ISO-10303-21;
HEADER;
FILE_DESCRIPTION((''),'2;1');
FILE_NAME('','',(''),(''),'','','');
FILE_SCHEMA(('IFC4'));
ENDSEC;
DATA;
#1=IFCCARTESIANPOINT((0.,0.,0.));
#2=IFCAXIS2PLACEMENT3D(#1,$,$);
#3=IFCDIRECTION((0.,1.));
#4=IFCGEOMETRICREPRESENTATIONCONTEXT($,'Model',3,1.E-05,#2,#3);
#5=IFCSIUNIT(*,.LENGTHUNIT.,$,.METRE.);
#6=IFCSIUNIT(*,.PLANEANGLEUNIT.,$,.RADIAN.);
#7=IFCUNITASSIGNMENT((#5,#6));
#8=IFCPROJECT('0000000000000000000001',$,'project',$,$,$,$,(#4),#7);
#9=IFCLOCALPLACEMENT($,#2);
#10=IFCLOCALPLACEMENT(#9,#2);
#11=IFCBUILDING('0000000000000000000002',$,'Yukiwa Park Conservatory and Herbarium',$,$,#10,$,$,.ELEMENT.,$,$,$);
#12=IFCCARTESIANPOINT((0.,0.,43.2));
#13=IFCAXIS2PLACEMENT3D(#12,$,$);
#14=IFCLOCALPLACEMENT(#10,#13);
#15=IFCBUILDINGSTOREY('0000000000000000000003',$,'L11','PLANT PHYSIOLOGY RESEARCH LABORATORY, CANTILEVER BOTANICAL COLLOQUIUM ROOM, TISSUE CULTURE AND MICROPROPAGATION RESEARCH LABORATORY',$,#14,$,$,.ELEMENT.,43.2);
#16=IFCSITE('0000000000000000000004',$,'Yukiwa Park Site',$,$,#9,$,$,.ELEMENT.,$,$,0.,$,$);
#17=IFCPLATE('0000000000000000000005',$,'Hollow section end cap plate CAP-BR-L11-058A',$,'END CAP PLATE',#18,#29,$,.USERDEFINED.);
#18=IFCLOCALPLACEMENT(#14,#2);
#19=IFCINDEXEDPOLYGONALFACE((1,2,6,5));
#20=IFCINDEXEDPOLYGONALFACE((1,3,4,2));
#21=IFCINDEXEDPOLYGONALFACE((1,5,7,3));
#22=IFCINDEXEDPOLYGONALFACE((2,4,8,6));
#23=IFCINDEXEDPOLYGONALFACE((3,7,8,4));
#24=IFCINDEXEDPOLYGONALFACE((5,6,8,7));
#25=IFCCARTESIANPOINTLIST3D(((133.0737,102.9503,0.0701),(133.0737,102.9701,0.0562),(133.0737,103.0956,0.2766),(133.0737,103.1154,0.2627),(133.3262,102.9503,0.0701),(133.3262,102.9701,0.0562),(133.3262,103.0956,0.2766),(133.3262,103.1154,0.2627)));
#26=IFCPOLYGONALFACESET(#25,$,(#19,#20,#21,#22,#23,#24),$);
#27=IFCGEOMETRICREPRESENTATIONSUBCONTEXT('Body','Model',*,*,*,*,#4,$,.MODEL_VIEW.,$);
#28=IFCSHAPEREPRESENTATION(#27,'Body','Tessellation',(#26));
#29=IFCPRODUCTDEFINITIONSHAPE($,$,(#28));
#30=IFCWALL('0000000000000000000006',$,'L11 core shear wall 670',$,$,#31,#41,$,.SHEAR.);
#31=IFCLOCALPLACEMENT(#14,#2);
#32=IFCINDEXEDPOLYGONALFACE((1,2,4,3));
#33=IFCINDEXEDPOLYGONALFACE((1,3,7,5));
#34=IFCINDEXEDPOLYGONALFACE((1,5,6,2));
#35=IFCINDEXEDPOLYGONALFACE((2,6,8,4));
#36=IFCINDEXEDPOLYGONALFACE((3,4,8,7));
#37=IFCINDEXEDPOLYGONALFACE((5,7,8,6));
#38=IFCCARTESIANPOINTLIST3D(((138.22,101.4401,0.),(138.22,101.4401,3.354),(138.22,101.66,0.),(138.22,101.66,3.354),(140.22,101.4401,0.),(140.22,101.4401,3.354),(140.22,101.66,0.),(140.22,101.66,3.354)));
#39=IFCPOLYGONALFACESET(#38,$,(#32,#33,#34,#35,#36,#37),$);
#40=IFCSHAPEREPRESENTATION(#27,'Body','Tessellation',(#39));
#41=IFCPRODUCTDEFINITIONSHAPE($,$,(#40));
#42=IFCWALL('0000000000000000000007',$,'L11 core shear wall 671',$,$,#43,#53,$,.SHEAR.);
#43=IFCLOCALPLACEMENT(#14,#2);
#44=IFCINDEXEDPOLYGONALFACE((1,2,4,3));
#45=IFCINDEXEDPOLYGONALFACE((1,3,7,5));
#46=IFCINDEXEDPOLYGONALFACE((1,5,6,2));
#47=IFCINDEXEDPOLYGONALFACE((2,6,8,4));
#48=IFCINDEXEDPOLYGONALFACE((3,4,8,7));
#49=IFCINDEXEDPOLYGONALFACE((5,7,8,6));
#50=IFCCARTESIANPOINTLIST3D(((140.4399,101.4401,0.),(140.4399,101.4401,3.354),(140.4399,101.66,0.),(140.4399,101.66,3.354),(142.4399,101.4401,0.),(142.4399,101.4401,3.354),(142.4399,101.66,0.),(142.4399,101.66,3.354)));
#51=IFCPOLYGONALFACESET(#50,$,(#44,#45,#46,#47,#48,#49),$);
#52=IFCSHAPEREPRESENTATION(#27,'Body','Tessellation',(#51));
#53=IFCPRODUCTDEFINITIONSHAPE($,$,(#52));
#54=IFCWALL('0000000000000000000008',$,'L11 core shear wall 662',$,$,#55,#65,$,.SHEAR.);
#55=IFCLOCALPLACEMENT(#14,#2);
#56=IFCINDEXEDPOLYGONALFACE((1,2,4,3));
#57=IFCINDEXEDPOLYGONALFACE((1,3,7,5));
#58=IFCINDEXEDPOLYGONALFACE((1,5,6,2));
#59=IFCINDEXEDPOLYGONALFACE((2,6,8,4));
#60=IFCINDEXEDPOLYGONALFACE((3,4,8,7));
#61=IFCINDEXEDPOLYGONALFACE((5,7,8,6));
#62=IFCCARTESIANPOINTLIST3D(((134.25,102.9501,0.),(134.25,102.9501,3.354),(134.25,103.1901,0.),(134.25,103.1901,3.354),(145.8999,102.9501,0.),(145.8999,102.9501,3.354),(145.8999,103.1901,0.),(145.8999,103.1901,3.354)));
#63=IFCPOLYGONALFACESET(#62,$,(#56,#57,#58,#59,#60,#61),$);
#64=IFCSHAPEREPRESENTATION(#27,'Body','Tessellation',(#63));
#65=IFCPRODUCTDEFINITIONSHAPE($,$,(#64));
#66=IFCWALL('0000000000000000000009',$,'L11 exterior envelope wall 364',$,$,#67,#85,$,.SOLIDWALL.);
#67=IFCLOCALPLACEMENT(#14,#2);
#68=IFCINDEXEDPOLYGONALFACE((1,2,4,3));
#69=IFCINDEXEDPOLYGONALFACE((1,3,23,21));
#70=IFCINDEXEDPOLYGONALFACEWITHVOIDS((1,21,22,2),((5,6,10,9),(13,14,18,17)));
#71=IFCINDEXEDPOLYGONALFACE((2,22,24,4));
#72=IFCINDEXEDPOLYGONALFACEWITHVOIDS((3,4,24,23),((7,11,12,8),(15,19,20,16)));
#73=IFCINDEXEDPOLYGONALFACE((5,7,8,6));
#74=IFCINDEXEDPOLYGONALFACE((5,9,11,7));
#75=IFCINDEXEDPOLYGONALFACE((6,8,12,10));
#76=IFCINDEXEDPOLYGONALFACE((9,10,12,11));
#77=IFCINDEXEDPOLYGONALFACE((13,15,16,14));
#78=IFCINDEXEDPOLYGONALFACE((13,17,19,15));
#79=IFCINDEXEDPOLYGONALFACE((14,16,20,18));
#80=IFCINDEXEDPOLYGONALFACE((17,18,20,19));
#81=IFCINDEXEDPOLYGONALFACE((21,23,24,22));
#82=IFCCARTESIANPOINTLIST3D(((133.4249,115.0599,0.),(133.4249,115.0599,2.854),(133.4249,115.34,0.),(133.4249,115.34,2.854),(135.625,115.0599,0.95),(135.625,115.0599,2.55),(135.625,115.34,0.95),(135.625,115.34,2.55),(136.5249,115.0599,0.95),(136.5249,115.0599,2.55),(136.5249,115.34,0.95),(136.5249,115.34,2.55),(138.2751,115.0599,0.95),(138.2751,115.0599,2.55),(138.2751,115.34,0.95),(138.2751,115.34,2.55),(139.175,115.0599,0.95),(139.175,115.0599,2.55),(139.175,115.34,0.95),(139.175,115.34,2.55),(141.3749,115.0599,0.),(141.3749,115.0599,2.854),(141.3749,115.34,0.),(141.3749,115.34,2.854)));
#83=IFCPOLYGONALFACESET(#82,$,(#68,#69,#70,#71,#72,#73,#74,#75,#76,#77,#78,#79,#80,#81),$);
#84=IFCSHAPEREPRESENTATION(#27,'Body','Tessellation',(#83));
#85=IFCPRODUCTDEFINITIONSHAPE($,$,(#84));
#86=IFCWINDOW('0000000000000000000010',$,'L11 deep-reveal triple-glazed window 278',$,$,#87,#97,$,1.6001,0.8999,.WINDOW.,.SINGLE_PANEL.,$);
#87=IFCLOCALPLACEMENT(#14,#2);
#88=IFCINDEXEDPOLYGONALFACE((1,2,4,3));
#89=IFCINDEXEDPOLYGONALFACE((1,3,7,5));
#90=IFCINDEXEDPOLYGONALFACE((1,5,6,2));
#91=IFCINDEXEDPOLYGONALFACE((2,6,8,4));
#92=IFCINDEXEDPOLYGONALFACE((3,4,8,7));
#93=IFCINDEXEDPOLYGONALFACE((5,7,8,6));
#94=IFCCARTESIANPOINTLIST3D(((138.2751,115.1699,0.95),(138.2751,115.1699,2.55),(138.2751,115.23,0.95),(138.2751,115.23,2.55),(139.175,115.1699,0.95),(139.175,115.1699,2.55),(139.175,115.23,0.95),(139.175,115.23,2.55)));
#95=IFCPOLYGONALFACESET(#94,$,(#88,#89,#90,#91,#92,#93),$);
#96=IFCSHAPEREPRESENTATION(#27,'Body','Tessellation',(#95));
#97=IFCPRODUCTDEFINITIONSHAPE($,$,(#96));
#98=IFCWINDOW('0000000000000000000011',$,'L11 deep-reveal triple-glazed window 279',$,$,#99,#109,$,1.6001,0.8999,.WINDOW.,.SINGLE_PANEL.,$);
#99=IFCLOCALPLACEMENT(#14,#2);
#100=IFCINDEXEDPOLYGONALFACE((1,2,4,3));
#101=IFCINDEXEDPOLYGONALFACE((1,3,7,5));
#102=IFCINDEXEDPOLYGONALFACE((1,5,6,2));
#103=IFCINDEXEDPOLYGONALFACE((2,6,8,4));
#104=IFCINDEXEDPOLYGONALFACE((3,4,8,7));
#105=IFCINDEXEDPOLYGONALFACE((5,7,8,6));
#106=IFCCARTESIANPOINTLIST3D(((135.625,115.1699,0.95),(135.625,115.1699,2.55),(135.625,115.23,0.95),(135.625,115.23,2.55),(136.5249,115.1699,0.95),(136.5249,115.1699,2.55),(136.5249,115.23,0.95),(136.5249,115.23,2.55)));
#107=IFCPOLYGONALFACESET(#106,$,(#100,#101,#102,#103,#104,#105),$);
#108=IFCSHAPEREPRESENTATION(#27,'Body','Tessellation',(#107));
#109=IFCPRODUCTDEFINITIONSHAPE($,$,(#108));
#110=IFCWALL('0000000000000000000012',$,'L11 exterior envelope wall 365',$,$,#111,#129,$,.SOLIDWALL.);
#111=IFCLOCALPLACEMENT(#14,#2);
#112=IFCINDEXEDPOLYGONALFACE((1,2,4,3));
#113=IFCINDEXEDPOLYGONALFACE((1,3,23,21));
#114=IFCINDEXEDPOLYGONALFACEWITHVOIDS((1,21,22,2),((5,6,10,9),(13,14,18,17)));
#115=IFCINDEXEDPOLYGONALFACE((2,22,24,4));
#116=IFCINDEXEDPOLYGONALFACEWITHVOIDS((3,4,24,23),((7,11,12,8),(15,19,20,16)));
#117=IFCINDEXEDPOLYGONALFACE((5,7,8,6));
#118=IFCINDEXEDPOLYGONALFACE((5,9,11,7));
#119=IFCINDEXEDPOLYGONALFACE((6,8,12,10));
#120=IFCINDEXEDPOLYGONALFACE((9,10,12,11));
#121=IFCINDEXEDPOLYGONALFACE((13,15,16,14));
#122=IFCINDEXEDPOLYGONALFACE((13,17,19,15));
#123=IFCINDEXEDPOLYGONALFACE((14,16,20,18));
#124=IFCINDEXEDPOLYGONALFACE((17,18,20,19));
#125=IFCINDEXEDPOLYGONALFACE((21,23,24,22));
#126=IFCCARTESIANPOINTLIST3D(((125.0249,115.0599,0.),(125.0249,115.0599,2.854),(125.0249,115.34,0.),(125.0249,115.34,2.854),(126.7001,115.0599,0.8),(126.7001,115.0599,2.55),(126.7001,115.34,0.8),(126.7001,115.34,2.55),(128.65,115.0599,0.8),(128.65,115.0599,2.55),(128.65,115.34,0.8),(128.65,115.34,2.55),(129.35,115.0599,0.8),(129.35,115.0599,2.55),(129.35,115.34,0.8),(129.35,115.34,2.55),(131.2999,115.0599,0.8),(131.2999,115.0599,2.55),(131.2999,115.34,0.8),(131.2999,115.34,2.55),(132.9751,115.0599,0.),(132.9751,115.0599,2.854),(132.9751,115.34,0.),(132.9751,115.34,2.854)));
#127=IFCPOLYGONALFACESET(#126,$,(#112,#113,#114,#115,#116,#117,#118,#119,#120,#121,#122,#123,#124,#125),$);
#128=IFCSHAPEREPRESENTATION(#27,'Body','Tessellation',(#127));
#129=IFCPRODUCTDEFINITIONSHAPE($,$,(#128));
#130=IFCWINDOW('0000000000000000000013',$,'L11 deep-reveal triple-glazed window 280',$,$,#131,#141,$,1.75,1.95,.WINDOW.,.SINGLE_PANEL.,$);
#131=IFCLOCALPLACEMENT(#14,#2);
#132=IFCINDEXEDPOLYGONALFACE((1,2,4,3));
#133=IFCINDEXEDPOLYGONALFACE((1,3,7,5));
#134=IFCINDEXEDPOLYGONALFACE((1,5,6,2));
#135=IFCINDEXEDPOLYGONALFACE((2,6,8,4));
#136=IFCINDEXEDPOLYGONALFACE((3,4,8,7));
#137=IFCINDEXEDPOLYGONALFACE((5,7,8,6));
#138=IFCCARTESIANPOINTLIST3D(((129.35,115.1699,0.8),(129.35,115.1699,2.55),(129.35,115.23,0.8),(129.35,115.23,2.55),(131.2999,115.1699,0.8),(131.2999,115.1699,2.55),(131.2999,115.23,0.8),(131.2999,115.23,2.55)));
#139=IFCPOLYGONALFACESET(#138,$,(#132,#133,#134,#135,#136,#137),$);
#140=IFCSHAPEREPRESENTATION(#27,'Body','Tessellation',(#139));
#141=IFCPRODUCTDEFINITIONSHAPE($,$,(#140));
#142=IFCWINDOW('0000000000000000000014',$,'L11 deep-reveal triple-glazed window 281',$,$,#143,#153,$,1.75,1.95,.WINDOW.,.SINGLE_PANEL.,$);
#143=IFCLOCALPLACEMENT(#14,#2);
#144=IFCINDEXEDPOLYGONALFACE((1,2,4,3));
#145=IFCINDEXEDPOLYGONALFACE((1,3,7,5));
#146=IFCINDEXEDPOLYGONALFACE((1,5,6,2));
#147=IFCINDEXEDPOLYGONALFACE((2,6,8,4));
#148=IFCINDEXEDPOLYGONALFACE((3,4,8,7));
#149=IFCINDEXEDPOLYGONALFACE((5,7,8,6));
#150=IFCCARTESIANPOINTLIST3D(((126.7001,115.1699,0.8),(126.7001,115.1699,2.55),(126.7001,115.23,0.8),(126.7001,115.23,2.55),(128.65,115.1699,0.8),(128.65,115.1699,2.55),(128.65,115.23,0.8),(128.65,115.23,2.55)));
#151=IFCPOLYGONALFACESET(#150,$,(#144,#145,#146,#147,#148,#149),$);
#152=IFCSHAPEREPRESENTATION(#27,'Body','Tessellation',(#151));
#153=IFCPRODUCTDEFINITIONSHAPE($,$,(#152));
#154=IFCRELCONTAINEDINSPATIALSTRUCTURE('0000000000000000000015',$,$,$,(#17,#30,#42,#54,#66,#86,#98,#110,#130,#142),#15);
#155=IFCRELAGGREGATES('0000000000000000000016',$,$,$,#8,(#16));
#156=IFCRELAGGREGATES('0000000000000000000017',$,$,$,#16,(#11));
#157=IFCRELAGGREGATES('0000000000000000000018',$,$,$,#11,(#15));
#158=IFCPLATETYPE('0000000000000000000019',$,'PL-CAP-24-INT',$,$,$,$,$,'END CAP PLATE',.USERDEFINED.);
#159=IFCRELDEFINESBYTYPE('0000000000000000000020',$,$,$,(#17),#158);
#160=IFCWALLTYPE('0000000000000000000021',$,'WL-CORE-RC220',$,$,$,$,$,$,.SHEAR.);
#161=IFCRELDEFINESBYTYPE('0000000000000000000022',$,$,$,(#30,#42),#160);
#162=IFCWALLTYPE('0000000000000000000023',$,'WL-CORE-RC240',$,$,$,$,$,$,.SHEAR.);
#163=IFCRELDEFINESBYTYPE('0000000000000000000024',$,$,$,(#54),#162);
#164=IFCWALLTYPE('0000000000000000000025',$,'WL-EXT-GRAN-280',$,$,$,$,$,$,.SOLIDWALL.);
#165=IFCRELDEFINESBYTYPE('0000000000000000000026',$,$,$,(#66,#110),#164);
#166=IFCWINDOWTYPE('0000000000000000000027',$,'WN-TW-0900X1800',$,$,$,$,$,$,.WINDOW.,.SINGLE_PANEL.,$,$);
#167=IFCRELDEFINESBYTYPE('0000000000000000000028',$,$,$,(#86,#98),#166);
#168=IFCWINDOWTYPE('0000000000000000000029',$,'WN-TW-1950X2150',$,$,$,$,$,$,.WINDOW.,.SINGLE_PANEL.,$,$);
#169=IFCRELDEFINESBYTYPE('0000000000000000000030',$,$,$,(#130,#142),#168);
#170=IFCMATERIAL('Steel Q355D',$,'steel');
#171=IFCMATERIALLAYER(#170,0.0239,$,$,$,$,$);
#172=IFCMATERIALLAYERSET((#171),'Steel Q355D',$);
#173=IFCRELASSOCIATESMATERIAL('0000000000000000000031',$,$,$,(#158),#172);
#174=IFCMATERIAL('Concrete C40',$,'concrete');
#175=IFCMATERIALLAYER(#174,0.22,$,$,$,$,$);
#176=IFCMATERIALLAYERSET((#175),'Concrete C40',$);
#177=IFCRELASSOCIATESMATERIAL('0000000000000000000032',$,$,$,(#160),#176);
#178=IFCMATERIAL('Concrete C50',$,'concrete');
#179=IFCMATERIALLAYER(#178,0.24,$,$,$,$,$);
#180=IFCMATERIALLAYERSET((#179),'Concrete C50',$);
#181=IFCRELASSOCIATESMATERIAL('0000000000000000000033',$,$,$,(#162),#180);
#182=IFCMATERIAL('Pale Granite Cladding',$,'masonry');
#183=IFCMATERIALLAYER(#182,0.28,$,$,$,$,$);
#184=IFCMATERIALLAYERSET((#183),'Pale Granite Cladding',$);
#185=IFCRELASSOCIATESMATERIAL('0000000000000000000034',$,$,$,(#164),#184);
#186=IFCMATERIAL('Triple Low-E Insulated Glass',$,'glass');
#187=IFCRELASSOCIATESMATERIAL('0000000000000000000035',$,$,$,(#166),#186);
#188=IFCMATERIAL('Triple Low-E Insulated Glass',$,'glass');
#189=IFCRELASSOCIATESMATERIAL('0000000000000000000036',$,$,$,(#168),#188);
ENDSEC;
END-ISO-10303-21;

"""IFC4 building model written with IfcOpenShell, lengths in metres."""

from ifc_helpers import new_model, si_unit, direction, frame, frame_2d, origin, origin_2d, place, context, subcontext, project, spatial, rectangle, extrude, material, layer, layer_set, type_object, element, fill, save


model = new_model("IFC4")

# Units and contexts
model_context = context("Model", 3, precision=1e-05, world=origin(), true_north=direction((0.0, 1.0)))
body_context = subcontext(model_context, "Body", "Model", "MODEL_VIEW")
ifc_project = project(units=[si_unit("LENGTHUNIT", "METRE"), si_unit("PLANEANGLEUNIT", "RADIAN")], contexts=[model_context])

# Site, building, storey
site_placement = place(None, origin())
site = spatial("IfcSite", under=ifc_project, at=site_placement, Name="Yukiwa Park Site", CompositionType="ELEMENT", RefElevation=0.0)
building_placement = place(site_placement, origin())
building = spatial("IfcBuilding", under=site, at=building_placement, Name="Yukiwa Park Conservatory and Herbarium", CompositionType="ELEMENT")
storey_placement = place(building_placement, frame((0.0, 0.0, 43.2)))
storey = spatial("IfcBuildingStorey", under=building, at=storey_placement, Name="L11", Description="PLANT PHYSIOLOGY RESEARCH LABORATORY, CANTILEVER BOTANICAL COLLOQUIUM ROOM, TISSUE CULTURE AND MICROPROPAGATION RESEARCH LABORATORY", CompositionType="ELEMENT", Elevation=43.2)

# Plate
ifc_material_1 = material(Name="Steel Q355D", Category="steel")
ifc_layer_1 = layer(ifc_material_1, 0.0239)
ifc_layer_set_1 = layer_set([ifc_layer_1], Name="Steel Q355D")
plate_type = type_object("IfcPlateType", Name="PL-CAP-24-INT", ElementType="END CAP PLATE", PredefinedType="USERDEFINED", material=ifc_layer_set_1)
plate_placement = place(storey_placement, frame((133.2, 103.0229, 0.1733), z_axis=(0.0, 0.817806, -0.575493), x_axis=(-1.0, 0.0, 0.0)))
element("IfcPlate", 1, at=plate_placement, inside=storey, type_object=plate_type, Name="Hollow section end cap plate CAP-BR-L11-058A", ObjectType="END CAP PLATE", PredefinedType="USERDEFINED", context=body_context, shape_type="SweptSolid", body=[
    extrude(rectangle(XDim=0.2524, YDim=0.2524, at=origin_2d()), origin(), (0.0, 0.0, 1.0), 0.0242),
])

# Walls
ifc_material_2 = material(Name="Concrete C40", Category="concrete")
ifc_layer_2 = layer(ifc_material_2, 0.22)
ifc_layer_set_2 = layer_set([ifc_layer_2], Name="Concrete C40")
wall_type_1 = type_object("IfcWallType", Name="WL-CORE-RC220", PredefinedType="SHEAR", material=ifc_layer_set_2)
for number, where, z_axis, x_axis, name in (
    (2, (138.22, 101.55, 0.0), (0.0, 0.0, 1.0), (1.0, 0.0, 0.0), "L11 core shear wall 670"),
    (3, (140.4399, 101.55, 0.0), (0.0, 0.0, 1.0), (1.0, 0.0, 0.0), "L11 core shear wall 671"),
):
    element("IfcWall", number, at=place(storey_placement, frame(where, z_axis=z_axis, x_axis=x_axis)), inside=storey, type_object=wall_type_1, Name=name, PredefinedType="SHEAR", context=body_context, shape_type="SweptSolid", body=[
        extrude(rectangle(XDim=2.0, YDim=0.22, at=frame_2d((1.0, 0.0))), origin(), (0.0, 0.0, 1.0), 3.354),
    ])
ifc_material_3 = material(Name="Concrete C50", Category="concrete")
ifc_layer_3 = layer(ifc_material_3, 0.24)
ifc_layer_set_3 = layer_set([ifc_layer_3], Name="Concrete C50")
wall_type_2 = type_object("IfcWallType", Name="WL-CORE-RC240", PredefinedType="SHEAR", material=ifc_layer_set_3)
wall_1_placement = place(storey_placement, frame((134.25, 103.0701, 0.0), z_axis=(0.0, 0.0, 1.0), x_axis=(1.0, 0.0, 0.0)))
element("IfcWall", 4, at=wall_1_placement, inside=storey, type_object=wall_type_2, Name="L11 core shear wall 662", PredefinedType="SHEAR", context=body_context, shape_type="SweptSolid", body=[
    extrude(rectangle(XDim=11.6499, YDim=0.24, at=frame_2d((5.825, 0.0))), origin(), (0.0, 0.0, 1.0), 3.354),
])

# Walls, openings, windows
ifc_material_4 = material(Name="Pale Granite Cladding", Category="masonry")
ifc_layer_4 = layer(ifc_material_4, 0.28)
ifc_layer_set_4 = layer_set([ifc_layer_4], Name="Pale Granite Cladding")
wall_type_3 = type_object("IfcWallType", Name="WL-EXT-GRAN-280", PredefinedType="SOLIDWALL", material=ifc_layer_set_4)
wall_2_placement = place(storey_placement, frame((141.375, 115.2, 0.0), z_axis=(0.0, 0.0, 1.0), x_axis=(-1.0, 0.0, 0.0)))
wall_2 = element("IfcWall", 5, at=wall_2_placement, inside=storey, type_object=wall_type_3, Name="L11 exterior envelope wall 364", PredefinedType="SOLIDWALL", context=body_context, shape_type="SweptSolid", body=[
    extrude(rectangle(XDim=7.95, YDim=0.28, at=frame_2d((3.9751, 0.0))), origin(), (0.0, 0.0, 1.0), 2.854),
])
opening_1_placement = place(wall_2_placement, frame((2.2, 0.0, 0.95)))
opening_1 = element("IfcOpeningElement", 6, at=opening_1_placement, cuts=wall_2, PredefinedType="OPENING", context=body_context, shape_type="SweptSolid", body=[
    extrude(rectangle(XDim=0.8999, YDim=1.6001, at=frame_2d((0.45, 0.8))), frame((0.0, 0.1499, 0.0), z_axis=(0.0, -1.0, 0.0), x_axis=(1.0, 0.0, 0.0)), (0.0, 0.0, 1.0), 0.3),
])
opening_2_placement = place(wall_2_placement, frame((4.8501, 0.0, 0.95)))
opening_2 = element("IfcOpeningElement", 7, at=opening_2_placement, cuts=wall_2, PredefinedType="OPENING", context=body_context, shape_type="SweptSolid", body=[
    extrude(rectangle(XDim=0.8999, YDim=1.6001, at=frame_2d((0.45, 0.8))), frame((0.0, 0.1499, 0.0), z_axis=(0.0, -1.0, 0.0), x_axis=(1.0, 0.0, 0.0)), (0.0, 0.0, 1.0), 0.3),
])
ifc_material_5 = material(Name="Triple Low-E Insulated Glass", Category="glass")
window_type_1 = type_object("IfcWindowType", Name="WN-TW-0900X1800", PartitioningType="SINGLE_PANEL", PredefinedType="WINDOW", material=ifc_material_5)
window_1_placement = place(opening_1_placement, origin())
window_1 = element("IfcWindow", 8, at=window_1_placement, inside=storey, type_object=window_type_1, Name="L11 deep-reveal triple-glazed window 278", OverallHeight=1.6001, OverallWidth=0.8999, PartitioningType="SINGLE_PANEL", PredefinedType="WINDOW", context=body_context, shape_type="SweptSolid", body=[
    extrude(rectangle(XDim=0.8999, YDim=1.6001, at=frame_2d((0.45, 0.8))), frame((0.0, 0.03, 0.0), z_axis=(0.0, -1.0, 0.0), x_axis=(1.0, 0.0, 0.0)), (0.0, 0.0, 1.0), 0.0601),
])
fill(opening_1, window_1)
window_2_placement = place(opening_2_placement, origin())
window_2 = element("IfcWindow", 9, at=window_2_placement, inside=storey, type_object=window_type_1, Name="L11 deep-reveal triple-glazed window 279", OverallHeight=1.6001, OverallWidth=0.8999, PartitioningType="SINGLE_PANEL", PredefinedType="WINDOW", context=body_context, shape_type="SweptSolid", body=[
    extrude(rectangle(XDim=0.8999, YDim=1.6001, at=frame_2d((0.45, 0.8))), frame((0.0, 0.03, 0.0), z_axis=(0.0, -1.0, 0.0), x_axis=(1.0, 0.0, 0.0)), (0.0, 0.0, 1.0), 0.0601),
])
fill(opening_2, window_2)
wall_3_placement = place(storey_placement, frame((132.9751, 115.2, 0.0), z_axis=(0.0, 0.0, 1.0), x_axis=(-1.0, 0.0, 0.0)))
wall_3 = element("IfcWall", 10, at=wall_3_placement, inside=storey, type_object=wall_type_3, Name="L11 exterior envelope wall 365", PredefinedType="SOLIDWALL", context=body_context, shape_type="SweptSolid", body=[
    extrude(rectangle(XDim=7.9502, YDim=0.28, at=frame_2d((3.9751, 0.0))), origin(), (0.0, 0.0, 1.0), 2.854),
])
opening_3_placement = place(wall_3_placement, frame((1.675, 0.0, 0.8)))
opening_3 = element("IfcOpeningElement", 11, at=opening_3_placement, cuts=wall_3, PredefinedType="OPENING", context=body_context, shape_type="SweptSolid", body=[
    extrude(rectangle(XDim=1.95, YDim=1.75, at=frame_2d((0.9751, 0.875))), frame((0.0, 0.1499, 0.0), z_axis=(0.0, -1.0, 0.0), x_axis=(1.0, 0.0, 0.0)), (0.0, 0.0, 1.0), 0.3),
])
opening_4_placement = place(wall_3_placement, frame((4.325, 0.0, 0.8)))
opening_4 = element("IfcOpeningElement", 12, at=opening_4_placement, cuts=wall_3, PredefinedType="OPENING", context=body_context, shape_type="SweptSolid", body=[
    extrude(rectangle(XDim=1.95, YDim=1.75, at=frame_2d((0.9751, 0.875))), frame((0.0, 0.1499, 0.0), z_axis=(0.0, -1.0, 0.0), x_axis=(1.0, 0.0, 0.0)), (0.0, 0.0, 1.0), 0.3),
])
ifc_material_6 = material(Name="Triple Low-E Insulated Glass", Category="glass")
window_type_2 = type_object("IfcWindowType", Name="WN-TW-1950X2150", PartitioningType="SINGLE_PANEL", PredefinedType="WINDOW", material=ifc_material_6)
window_3_placement = place(opening_3_placement, origin())
window_3 = element("IfcWindow", 13, at=window_3_placement, inside=storey, type_object=window_type_2, Name="L11 deep-reveal triple-glazed window 280", OverallHeight=1.75, OverallWidth=1.95, PartitioningType="SINGLE_PANEL", PredefinedType="WINDOW", context=body_context, shape_type="SweptSolid", body=[
    extrude(rectangle(XDim=1.95, YDim=1.75, at=frame_2d((0.9751, 0.875))), frame((0.0, 0.03, 0.0), z_axis=(0.0, -1.0, 0.0), x_axis=(1.0, 0.0, 0.0)), (0.0, 0.0, 1.0), 0.0601),
])
fill(opening_3, window_3)
window_4_placement = place(opening_4_placement, origin())
window_4 = element("IfcWindow", 14, at=window_4_placement, inside=storey, type_object=window_type_2, Name="L11 deep-reveal triple-glazed window 281", OverallHeight=1.75, OverallWidth=1.95, PartitioningType="SINGLE_PANEL", PredefinedType="WINDOW", context=body_context, shape_type="SweptSolid", body=[
    extrude(rectangle(XDim=1.95, YDim=1.75, at=frame_2d((0.9751, 0.875))), frame((0.0, 0.03, 0.0), z_axis=(0.0, -1.0, 0.0), x_axis=(1.0, 0.0, 0.0)), (0.0, 0.0, 1.0), 0.0601),
])
fill(opening_4, window_4)

save(model, "model.ifc")
